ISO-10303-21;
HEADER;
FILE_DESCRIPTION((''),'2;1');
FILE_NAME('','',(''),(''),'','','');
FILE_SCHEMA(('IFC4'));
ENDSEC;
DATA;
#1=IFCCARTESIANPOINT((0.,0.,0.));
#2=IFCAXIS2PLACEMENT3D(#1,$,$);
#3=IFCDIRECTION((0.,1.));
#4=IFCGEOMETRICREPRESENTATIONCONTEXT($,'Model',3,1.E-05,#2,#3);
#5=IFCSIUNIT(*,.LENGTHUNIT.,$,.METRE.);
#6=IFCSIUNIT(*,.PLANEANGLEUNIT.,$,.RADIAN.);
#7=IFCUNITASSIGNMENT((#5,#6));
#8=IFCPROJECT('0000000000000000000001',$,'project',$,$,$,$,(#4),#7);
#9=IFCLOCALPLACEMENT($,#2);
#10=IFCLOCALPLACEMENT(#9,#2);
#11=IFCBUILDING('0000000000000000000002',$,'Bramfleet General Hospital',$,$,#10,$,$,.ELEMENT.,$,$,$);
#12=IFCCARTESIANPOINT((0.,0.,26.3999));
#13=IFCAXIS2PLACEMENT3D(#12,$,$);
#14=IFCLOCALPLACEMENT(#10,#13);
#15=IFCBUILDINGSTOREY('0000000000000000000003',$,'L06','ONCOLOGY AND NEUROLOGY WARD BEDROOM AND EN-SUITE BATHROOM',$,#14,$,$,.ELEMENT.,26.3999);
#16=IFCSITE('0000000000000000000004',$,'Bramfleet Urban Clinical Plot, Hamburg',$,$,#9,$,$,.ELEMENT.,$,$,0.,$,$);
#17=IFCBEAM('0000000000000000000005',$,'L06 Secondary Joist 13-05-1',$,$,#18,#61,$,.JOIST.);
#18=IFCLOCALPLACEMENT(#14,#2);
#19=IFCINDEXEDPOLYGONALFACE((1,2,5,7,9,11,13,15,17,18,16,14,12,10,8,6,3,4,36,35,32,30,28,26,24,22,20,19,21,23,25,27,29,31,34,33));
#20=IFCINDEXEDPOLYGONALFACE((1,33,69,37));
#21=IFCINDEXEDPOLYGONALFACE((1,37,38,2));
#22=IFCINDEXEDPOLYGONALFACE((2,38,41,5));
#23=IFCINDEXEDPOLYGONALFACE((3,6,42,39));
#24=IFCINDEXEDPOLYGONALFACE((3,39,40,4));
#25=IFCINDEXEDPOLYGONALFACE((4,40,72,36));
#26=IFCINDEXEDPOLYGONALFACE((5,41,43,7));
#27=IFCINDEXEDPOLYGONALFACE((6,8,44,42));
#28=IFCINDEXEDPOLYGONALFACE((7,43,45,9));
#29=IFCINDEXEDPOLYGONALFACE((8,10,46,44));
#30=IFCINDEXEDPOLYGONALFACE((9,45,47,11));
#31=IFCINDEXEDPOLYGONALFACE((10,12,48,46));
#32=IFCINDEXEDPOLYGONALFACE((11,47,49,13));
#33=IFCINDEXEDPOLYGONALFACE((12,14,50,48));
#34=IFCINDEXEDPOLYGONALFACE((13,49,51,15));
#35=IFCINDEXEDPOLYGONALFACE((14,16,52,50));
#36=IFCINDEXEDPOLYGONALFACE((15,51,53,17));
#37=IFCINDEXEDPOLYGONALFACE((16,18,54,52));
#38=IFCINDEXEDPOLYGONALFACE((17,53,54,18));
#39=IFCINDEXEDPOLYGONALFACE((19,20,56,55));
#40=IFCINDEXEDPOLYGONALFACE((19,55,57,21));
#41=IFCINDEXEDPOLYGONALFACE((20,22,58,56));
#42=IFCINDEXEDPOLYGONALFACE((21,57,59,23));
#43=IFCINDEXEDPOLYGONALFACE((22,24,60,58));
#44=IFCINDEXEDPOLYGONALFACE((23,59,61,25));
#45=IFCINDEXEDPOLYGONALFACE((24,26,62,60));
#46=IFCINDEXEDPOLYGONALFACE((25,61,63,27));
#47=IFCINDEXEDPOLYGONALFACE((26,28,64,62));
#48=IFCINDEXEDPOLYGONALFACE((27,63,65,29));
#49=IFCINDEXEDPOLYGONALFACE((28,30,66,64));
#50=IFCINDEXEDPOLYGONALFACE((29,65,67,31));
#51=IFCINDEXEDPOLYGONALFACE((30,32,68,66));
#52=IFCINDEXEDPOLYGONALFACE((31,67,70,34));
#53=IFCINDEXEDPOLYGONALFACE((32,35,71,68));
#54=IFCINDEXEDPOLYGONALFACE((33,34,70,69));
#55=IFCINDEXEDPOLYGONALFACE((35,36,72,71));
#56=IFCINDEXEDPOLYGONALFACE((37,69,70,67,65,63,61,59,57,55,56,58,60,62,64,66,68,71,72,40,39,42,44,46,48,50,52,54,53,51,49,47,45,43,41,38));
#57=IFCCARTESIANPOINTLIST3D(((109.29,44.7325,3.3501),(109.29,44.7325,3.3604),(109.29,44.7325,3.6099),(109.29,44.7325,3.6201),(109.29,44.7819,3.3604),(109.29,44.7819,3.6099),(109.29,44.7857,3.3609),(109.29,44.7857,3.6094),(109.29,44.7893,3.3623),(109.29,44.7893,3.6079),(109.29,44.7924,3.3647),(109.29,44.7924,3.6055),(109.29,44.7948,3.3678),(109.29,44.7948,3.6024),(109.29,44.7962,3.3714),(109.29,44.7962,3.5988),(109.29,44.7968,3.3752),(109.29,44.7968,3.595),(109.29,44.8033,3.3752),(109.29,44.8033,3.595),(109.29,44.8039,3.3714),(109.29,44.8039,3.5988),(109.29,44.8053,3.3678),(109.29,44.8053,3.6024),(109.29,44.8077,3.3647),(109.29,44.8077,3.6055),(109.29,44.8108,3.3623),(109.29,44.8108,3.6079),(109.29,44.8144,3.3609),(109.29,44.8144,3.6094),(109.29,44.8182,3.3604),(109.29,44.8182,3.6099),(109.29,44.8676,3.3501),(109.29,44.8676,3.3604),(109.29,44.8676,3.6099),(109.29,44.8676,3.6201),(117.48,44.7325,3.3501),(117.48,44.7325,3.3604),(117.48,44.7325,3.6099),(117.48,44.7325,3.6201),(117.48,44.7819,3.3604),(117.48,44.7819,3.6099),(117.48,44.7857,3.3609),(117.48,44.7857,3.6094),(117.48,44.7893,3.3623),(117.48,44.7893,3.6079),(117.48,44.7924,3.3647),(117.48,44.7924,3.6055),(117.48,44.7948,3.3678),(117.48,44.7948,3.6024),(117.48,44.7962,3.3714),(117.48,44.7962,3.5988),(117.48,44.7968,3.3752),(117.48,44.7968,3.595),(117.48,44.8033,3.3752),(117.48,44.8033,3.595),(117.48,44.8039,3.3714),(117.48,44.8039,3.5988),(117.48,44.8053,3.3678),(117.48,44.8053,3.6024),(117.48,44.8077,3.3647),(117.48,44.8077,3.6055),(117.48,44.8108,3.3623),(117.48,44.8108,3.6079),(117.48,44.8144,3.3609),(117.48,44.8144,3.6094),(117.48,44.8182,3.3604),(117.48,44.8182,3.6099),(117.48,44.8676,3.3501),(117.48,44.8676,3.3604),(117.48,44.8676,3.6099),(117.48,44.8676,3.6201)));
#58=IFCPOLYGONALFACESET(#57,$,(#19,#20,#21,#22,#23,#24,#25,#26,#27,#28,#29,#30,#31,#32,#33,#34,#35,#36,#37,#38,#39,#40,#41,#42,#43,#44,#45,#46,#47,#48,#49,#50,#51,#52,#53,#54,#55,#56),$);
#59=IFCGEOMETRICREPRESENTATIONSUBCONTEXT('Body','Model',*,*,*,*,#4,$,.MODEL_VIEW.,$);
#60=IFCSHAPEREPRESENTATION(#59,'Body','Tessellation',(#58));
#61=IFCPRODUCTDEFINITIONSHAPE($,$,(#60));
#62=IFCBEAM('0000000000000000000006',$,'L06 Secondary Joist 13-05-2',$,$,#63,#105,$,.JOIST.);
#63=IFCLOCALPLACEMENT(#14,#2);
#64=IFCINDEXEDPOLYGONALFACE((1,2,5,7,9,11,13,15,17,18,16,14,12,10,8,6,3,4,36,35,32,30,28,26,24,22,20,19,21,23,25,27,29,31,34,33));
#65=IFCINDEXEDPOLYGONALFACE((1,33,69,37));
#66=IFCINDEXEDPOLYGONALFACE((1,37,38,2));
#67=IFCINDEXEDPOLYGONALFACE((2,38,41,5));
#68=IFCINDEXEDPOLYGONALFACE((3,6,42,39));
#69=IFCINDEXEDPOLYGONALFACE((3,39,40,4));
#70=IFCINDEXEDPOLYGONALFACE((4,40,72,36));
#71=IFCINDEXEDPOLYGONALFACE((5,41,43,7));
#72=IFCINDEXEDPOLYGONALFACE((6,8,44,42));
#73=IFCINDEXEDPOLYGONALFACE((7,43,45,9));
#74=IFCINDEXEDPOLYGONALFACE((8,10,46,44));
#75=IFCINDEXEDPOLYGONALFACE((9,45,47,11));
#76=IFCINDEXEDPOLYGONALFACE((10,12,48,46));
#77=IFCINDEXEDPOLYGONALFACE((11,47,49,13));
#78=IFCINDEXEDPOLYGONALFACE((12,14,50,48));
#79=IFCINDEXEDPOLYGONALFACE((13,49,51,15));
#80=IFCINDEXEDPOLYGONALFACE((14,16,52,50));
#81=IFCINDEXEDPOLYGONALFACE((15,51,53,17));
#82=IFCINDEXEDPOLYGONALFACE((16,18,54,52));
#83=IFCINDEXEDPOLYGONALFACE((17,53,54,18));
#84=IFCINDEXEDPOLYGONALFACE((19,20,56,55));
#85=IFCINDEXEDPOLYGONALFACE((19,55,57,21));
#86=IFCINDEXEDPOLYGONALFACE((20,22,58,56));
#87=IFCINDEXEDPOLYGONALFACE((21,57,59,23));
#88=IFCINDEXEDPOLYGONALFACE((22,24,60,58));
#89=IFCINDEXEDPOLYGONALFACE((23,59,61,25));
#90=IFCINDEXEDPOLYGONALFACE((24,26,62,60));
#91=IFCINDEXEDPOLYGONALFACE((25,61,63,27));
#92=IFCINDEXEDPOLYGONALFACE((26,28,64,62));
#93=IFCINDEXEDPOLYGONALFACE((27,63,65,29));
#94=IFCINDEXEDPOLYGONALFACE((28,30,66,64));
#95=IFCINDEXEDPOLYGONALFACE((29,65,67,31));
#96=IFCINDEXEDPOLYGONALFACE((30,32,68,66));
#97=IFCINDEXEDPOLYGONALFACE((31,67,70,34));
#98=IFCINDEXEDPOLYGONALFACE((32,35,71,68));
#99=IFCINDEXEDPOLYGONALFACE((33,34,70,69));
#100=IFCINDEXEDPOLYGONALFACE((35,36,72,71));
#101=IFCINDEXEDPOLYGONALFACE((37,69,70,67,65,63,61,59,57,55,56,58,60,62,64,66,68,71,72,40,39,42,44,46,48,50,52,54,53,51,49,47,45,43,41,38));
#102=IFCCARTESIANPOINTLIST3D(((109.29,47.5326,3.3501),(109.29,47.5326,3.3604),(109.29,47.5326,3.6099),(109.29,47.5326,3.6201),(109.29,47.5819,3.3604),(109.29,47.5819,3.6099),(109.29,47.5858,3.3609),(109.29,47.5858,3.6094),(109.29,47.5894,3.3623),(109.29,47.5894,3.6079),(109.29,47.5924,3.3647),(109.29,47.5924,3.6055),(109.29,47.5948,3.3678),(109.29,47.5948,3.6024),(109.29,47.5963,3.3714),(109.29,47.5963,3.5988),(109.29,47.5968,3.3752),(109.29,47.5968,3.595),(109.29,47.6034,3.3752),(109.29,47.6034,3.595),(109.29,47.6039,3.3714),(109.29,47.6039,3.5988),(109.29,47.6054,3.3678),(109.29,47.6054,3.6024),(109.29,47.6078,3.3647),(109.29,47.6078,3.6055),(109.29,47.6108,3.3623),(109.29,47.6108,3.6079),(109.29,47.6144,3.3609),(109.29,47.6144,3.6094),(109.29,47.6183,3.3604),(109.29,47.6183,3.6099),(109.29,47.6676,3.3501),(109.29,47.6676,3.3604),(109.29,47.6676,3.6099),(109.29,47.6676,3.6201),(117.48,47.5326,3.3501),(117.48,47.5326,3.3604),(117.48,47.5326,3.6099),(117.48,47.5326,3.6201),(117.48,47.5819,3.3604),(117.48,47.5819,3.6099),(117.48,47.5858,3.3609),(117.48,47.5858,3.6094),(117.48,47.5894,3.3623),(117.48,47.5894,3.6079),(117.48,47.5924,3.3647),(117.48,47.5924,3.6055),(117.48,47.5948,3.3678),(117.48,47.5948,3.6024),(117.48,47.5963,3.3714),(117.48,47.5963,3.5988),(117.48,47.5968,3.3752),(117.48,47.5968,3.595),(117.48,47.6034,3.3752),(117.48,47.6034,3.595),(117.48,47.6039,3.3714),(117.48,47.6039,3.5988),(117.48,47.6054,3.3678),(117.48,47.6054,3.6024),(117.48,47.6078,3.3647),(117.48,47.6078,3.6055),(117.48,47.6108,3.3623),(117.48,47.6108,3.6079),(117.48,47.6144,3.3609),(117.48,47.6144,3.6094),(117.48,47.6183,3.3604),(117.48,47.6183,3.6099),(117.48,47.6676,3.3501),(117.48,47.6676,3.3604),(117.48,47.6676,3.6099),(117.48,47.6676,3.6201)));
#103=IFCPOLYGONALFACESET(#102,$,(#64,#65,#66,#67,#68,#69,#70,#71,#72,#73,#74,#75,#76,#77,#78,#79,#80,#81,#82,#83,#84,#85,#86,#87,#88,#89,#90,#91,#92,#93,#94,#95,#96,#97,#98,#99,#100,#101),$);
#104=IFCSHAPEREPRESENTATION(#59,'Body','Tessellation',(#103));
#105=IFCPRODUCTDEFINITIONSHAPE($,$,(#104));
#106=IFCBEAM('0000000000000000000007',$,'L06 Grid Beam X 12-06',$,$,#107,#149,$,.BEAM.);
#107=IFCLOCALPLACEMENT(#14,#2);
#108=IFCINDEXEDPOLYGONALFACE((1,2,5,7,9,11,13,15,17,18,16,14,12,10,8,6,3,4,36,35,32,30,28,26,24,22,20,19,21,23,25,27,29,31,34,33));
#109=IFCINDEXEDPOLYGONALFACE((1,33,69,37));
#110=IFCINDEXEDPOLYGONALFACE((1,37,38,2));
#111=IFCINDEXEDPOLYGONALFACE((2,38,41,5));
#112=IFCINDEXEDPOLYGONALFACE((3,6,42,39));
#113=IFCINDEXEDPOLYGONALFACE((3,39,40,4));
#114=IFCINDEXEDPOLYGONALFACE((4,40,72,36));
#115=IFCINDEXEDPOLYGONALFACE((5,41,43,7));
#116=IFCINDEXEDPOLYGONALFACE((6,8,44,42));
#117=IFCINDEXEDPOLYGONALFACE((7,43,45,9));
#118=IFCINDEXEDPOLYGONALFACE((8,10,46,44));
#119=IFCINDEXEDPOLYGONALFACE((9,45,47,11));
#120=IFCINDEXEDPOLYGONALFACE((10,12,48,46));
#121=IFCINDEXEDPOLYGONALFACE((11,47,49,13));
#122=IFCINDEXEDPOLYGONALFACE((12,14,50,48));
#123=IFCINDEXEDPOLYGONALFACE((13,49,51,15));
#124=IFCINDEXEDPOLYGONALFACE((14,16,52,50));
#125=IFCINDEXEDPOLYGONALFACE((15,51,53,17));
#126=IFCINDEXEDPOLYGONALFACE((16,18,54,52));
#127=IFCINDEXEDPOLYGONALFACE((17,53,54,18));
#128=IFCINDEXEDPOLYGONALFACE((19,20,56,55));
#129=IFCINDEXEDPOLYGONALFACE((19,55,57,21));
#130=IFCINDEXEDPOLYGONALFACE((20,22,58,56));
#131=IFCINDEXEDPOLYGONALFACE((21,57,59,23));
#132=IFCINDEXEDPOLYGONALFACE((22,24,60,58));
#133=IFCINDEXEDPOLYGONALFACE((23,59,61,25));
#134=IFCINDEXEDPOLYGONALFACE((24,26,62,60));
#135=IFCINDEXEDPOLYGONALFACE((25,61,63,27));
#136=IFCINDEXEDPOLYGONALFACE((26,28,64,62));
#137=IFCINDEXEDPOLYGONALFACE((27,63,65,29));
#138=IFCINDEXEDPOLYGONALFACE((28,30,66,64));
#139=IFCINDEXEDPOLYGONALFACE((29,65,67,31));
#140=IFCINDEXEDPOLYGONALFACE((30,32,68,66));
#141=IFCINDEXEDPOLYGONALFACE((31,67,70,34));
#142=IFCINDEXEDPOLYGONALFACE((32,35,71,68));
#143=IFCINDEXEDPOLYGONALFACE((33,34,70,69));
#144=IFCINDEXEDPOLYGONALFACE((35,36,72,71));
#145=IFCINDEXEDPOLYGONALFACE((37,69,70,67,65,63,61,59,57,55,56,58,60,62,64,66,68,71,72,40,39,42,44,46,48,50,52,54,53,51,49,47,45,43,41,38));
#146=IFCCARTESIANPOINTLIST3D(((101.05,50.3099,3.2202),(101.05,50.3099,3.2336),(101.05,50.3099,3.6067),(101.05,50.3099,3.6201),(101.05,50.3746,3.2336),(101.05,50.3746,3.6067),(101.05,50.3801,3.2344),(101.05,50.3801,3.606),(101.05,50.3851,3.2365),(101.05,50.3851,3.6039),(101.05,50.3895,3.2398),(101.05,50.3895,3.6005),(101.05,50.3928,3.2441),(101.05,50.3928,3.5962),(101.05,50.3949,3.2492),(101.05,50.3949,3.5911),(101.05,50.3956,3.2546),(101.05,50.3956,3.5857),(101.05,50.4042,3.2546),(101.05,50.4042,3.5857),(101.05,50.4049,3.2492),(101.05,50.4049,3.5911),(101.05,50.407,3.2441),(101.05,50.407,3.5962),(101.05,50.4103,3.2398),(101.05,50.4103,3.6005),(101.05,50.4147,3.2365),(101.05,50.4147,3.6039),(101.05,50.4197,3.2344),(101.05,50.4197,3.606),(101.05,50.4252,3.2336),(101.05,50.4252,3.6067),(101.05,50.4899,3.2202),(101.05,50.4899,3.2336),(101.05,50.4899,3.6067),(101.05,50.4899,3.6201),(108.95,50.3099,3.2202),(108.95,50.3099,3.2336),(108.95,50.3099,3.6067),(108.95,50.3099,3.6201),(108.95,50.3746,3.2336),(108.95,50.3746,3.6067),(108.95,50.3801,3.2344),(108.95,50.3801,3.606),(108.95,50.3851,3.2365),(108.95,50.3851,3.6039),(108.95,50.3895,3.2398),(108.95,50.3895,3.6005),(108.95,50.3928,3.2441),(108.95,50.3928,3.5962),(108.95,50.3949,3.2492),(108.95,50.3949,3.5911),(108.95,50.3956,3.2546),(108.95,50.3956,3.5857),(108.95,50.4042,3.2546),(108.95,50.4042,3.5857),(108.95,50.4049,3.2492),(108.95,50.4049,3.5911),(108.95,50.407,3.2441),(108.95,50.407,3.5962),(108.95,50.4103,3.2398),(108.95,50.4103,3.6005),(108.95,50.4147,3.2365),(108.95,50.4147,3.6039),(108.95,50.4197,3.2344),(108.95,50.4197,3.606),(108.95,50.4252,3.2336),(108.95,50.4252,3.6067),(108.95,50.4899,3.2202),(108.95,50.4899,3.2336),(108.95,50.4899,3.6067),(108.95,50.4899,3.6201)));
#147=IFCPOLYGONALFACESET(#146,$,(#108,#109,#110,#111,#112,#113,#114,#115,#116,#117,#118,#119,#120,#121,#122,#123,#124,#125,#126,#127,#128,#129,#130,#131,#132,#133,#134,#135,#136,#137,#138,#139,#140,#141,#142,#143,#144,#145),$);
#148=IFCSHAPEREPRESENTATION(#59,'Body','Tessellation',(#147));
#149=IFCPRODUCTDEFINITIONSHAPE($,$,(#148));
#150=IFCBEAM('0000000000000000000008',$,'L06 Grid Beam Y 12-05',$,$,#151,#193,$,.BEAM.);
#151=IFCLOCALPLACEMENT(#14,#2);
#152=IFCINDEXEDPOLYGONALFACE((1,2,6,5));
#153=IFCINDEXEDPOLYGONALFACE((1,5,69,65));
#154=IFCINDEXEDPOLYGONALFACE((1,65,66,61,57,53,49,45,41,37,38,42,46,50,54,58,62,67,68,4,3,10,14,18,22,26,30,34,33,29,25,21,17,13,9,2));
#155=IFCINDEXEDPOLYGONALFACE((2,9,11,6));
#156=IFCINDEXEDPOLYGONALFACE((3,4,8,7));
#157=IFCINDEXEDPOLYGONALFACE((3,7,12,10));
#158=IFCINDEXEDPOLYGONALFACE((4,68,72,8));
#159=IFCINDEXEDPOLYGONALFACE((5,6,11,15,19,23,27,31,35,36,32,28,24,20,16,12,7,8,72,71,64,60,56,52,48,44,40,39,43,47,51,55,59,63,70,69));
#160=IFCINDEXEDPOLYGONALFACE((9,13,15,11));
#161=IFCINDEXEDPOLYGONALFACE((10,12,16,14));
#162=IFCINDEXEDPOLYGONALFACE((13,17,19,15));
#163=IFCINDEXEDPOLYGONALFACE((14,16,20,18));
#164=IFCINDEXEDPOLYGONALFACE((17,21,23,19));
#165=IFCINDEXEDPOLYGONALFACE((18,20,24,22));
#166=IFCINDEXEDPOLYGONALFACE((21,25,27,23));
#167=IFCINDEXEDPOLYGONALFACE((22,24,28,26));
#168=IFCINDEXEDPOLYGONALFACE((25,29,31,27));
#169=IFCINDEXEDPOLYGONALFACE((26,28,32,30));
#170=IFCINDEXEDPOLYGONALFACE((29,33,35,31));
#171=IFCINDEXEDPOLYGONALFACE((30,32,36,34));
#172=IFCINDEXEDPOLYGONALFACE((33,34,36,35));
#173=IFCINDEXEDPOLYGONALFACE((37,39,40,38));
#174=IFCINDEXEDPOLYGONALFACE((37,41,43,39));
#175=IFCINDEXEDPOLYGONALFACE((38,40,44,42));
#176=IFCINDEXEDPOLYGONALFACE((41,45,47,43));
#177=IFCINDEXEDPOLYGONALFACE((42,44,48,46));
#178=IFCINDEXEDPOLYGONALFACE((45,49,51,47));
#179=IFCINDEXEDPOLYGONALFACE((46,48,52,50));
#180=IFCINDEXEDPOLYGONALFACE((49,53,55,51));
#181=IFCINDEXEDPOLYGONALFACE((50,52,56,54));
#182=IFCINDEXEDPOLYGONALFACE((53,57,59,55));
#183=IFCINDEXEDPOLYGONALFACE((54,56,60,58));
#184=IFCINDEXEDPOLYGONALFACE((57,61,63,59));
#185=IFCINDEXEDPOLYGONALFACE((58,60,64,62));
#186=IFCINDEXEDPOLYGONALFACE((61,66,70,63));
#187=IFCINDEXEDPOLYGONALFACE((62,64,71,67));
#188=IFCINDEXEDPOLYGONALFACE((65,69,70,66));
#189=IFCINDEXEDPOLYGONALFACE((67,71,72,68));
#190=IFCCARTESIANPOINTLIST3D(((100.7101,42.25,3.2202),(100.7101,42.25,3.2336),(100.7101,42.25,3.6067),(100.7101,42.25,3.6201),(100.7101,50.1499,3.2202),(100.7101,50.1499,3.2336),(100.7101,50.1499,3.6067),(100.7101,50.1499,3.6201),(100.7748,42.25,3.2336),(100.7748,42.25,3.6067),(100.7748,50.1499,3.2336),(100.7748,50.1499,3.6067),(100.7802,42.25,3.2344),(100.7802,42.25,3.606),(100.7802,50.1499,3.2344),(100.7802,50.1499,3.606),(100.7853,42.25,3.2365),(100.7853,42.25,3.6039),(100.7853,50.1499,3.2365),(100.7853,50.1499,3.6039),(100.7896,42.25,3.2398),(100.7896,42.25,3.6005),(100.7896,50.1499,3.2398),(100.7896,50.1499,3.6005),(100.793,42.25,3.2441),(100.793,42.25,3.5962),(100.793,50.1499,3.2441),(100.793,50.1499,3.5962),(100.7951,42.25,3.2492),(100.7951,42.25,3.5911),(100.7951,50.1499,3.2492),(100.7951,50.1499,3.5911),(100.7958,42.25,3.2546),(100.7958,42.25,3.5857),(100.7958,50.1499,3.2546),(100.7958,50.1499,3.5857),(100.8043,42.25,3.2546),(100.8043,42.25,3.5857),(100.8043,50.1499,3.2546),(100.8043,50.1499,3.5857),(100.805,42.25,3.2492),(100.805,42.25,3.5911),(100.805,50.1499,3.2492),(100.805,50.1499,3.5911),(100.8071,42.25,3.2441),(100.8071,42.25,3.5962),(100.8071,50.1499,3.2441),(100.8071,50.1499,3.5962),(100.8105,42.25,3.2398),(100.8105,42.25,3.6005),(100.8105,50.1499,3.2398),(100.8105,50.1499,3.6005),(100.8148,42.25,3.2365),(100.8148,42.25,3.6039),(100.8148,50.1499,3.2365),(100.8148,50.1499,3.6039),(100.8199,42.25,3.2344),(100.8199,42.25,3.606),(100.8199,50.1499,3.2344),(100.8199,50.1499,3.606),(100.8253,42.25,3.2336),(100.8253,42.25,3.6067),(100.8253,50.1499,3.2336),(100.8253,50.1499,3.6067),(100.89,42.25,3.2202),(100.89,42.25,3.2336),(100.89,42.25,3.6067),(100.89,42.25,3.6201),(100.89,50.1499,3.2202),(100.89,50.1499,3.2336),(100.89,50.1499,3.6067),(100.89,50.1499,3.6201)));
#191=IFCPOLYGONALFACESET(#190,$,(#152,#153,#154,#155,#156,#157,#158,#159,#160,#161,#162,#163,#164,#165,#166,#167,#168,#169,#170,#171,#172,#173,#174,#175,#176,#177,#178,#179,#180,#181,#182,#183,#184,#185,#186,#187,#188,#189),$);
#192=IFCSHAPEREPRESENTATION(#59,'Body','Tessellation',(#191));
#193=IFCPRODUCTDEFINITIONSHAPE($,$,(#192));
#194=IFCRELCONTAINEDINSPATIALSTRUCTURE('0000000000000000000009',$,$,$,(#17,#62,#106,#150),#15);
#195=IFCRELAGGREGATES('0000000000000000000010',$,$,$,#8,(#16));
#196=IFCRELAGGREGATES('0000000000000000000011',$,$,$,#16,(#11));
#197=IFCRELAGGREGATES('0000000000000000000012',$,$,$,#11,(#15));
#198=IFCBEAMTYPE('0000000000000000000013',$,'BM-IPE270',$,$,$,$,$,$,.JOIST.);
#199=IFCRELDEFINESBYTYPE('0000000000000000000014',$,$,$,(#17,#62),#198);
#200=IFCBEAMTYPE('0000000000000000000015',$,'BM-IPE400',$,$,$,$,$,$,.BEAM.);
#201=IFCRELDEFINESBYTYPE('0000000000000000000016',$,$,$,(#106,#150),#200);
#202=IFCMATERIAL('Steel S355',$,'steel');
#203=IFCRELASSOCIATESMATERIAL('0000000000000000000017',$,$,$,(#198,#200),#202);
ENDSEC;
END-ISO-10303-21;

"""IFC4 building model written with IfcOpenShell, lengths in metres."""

from ifc_helpers import new_model, si_unit, direction, frame, origin, origin_2d, place, context, subcontext, project, spatial, i_section, extrude, material, material_profile, profile_set, type_object, element, save


model = new_model("IFC4")

# Units and contexts
model_context = context("Model", 3, precision=1e-05, world=origin(), true_north=direction((0.0, 1.0)))
body_context = subcontext(model_context, "Body", "Model", "MODEL_VIEW")
ifc_project = project(units=[si_unit("LENGTHUNIT", "METRE"), si_unit("PLANEANGLEUNIT", "RADIAN")], contexts=[model_context])

# Site, building, storey
site_placement = place(None, origin())
site = spatial("IfcSite", under=ifc_project, at=site_placement, Name="Bramfleet Urban Clinical Plot, Hamburg", CompositionType="ELEMENT", RefElevation=0.0)
building_placement = place(site_placement, origin())
building = spatial("IfcBuilding", under=site, at=building_placement, Name="Bramfleet General Hospital", CompositionType="ELEMENT")
storey_placement = place(building_placement, frame((0.0, 0.0, 26.3999)))
storey = spatial("IfcBuildingStorey", under=building, at=storey_placement, Name="L06", Description="ONCOLOGY AND NEUROLOGY WARD BEDROOM AND EN-SUITE BATHROOM", CompositionType="ELEMENT", Elevation=26.3999)

# Beams
ifc_material_1 = material(Name="Steel S355", Category="steel")
ifc_material_profile_1 = material_profile(ifc_material_1, i_section(OverallWidth=0.135, OverallDepth=0.27, WebThickness=0.0066, FlangeThickness=0.0103, FilletRadius=0.0149, at=origin_2d()), Name="IPE 270")
ifc_profile_set_1 = profile_set([ifc_material_profile_1], Name="Steel S355")
beam_type_1 = type_object("IfcBeamType", Name="BM-IPE270", PredefinedType="JOIST", material=ifc_profile_set_1)
for number, where, z_axis, x_axis, name in (
    (1, (109.29, 44.8, 3.4851), (1.0, 0.0, 0.0), (0.0, 1.0, 0.0), "L06 Secondary Joist 13-05-1"),
    (2, (109.29, 47.6001, 3.4851), (1.0, 0.0, 0.0), (0.0, 1.0, 0.0), "L06 Secondary Joist 13-05-2"),
):
    element("IfcBeam", number, at=place(storey_placement, frame(where, z_axis=z_axis, x_axis=x_axis)), inside=storey, type_object=beam_type_1, Name=name, PredefinedType="JOIST", context=body_context, shape_type="SweptSolid", body=[
        extrude(i_section(OverallWidth=0.135, OverallDepth=0.27, WebThickness=0.0066, FlangeThickness=0.0103, FilletRadius=0.0149, at=origin_2d()), origin(), (0.0, 0.0, 1.0), 8.1899),
    ])
ifc_material_profile_2 = material_profile(ifc_material_1, i_section(OverallWidth=0.1799, OverallDepth=0.3999, WebThickness=0.0085, FlangeThickness=0.0134, FilletRadius=0.021, at=origin_2d()), Name="IPE 400")
ifc_profile_set_2 = profile_set([ifc_material_profile_2], Name="Steel S355")
beam_type_2 = type_object("IfcBeamType", Name="BM-IPE400", PredefinedType="BEAM", material=ifc_profile_set_2)
for number, where, z_axis, x_axis, name in (
    (3, (101.05, 50.3999, 3.4202), (1.0, 0.0, 0.0), (0.0, 1.0, 0.0), "L06 Grid Beam X 12-06"),
    (4, (100.8, 42.25, 3.4202), (0.0, 1.0, 0.0), (-1.0, 0.0, 0.0), "L06 Grid Beam Y 12-05"),
):
    element("IfcBeam", number, at=place(storey_placement, frame(where, z_axis=z_axis, x_axis=x_axis)), inside=storey, type_object=beam_type_2, Name=name, PredefinedType="BEAM", context=body_context, shape_type="SweptSolid", body=[
        extrude(i_section(OverallWidth=0.1799, OverallDepth=0.3999, WebThickness=0.0085, FlangeThickness=0.0134, FilletRadius=0.021, at=origin_2d()), origin(), (0.0, 0.0, 1.0), 7.8999),
    ])

save(model, "model.ifc")
